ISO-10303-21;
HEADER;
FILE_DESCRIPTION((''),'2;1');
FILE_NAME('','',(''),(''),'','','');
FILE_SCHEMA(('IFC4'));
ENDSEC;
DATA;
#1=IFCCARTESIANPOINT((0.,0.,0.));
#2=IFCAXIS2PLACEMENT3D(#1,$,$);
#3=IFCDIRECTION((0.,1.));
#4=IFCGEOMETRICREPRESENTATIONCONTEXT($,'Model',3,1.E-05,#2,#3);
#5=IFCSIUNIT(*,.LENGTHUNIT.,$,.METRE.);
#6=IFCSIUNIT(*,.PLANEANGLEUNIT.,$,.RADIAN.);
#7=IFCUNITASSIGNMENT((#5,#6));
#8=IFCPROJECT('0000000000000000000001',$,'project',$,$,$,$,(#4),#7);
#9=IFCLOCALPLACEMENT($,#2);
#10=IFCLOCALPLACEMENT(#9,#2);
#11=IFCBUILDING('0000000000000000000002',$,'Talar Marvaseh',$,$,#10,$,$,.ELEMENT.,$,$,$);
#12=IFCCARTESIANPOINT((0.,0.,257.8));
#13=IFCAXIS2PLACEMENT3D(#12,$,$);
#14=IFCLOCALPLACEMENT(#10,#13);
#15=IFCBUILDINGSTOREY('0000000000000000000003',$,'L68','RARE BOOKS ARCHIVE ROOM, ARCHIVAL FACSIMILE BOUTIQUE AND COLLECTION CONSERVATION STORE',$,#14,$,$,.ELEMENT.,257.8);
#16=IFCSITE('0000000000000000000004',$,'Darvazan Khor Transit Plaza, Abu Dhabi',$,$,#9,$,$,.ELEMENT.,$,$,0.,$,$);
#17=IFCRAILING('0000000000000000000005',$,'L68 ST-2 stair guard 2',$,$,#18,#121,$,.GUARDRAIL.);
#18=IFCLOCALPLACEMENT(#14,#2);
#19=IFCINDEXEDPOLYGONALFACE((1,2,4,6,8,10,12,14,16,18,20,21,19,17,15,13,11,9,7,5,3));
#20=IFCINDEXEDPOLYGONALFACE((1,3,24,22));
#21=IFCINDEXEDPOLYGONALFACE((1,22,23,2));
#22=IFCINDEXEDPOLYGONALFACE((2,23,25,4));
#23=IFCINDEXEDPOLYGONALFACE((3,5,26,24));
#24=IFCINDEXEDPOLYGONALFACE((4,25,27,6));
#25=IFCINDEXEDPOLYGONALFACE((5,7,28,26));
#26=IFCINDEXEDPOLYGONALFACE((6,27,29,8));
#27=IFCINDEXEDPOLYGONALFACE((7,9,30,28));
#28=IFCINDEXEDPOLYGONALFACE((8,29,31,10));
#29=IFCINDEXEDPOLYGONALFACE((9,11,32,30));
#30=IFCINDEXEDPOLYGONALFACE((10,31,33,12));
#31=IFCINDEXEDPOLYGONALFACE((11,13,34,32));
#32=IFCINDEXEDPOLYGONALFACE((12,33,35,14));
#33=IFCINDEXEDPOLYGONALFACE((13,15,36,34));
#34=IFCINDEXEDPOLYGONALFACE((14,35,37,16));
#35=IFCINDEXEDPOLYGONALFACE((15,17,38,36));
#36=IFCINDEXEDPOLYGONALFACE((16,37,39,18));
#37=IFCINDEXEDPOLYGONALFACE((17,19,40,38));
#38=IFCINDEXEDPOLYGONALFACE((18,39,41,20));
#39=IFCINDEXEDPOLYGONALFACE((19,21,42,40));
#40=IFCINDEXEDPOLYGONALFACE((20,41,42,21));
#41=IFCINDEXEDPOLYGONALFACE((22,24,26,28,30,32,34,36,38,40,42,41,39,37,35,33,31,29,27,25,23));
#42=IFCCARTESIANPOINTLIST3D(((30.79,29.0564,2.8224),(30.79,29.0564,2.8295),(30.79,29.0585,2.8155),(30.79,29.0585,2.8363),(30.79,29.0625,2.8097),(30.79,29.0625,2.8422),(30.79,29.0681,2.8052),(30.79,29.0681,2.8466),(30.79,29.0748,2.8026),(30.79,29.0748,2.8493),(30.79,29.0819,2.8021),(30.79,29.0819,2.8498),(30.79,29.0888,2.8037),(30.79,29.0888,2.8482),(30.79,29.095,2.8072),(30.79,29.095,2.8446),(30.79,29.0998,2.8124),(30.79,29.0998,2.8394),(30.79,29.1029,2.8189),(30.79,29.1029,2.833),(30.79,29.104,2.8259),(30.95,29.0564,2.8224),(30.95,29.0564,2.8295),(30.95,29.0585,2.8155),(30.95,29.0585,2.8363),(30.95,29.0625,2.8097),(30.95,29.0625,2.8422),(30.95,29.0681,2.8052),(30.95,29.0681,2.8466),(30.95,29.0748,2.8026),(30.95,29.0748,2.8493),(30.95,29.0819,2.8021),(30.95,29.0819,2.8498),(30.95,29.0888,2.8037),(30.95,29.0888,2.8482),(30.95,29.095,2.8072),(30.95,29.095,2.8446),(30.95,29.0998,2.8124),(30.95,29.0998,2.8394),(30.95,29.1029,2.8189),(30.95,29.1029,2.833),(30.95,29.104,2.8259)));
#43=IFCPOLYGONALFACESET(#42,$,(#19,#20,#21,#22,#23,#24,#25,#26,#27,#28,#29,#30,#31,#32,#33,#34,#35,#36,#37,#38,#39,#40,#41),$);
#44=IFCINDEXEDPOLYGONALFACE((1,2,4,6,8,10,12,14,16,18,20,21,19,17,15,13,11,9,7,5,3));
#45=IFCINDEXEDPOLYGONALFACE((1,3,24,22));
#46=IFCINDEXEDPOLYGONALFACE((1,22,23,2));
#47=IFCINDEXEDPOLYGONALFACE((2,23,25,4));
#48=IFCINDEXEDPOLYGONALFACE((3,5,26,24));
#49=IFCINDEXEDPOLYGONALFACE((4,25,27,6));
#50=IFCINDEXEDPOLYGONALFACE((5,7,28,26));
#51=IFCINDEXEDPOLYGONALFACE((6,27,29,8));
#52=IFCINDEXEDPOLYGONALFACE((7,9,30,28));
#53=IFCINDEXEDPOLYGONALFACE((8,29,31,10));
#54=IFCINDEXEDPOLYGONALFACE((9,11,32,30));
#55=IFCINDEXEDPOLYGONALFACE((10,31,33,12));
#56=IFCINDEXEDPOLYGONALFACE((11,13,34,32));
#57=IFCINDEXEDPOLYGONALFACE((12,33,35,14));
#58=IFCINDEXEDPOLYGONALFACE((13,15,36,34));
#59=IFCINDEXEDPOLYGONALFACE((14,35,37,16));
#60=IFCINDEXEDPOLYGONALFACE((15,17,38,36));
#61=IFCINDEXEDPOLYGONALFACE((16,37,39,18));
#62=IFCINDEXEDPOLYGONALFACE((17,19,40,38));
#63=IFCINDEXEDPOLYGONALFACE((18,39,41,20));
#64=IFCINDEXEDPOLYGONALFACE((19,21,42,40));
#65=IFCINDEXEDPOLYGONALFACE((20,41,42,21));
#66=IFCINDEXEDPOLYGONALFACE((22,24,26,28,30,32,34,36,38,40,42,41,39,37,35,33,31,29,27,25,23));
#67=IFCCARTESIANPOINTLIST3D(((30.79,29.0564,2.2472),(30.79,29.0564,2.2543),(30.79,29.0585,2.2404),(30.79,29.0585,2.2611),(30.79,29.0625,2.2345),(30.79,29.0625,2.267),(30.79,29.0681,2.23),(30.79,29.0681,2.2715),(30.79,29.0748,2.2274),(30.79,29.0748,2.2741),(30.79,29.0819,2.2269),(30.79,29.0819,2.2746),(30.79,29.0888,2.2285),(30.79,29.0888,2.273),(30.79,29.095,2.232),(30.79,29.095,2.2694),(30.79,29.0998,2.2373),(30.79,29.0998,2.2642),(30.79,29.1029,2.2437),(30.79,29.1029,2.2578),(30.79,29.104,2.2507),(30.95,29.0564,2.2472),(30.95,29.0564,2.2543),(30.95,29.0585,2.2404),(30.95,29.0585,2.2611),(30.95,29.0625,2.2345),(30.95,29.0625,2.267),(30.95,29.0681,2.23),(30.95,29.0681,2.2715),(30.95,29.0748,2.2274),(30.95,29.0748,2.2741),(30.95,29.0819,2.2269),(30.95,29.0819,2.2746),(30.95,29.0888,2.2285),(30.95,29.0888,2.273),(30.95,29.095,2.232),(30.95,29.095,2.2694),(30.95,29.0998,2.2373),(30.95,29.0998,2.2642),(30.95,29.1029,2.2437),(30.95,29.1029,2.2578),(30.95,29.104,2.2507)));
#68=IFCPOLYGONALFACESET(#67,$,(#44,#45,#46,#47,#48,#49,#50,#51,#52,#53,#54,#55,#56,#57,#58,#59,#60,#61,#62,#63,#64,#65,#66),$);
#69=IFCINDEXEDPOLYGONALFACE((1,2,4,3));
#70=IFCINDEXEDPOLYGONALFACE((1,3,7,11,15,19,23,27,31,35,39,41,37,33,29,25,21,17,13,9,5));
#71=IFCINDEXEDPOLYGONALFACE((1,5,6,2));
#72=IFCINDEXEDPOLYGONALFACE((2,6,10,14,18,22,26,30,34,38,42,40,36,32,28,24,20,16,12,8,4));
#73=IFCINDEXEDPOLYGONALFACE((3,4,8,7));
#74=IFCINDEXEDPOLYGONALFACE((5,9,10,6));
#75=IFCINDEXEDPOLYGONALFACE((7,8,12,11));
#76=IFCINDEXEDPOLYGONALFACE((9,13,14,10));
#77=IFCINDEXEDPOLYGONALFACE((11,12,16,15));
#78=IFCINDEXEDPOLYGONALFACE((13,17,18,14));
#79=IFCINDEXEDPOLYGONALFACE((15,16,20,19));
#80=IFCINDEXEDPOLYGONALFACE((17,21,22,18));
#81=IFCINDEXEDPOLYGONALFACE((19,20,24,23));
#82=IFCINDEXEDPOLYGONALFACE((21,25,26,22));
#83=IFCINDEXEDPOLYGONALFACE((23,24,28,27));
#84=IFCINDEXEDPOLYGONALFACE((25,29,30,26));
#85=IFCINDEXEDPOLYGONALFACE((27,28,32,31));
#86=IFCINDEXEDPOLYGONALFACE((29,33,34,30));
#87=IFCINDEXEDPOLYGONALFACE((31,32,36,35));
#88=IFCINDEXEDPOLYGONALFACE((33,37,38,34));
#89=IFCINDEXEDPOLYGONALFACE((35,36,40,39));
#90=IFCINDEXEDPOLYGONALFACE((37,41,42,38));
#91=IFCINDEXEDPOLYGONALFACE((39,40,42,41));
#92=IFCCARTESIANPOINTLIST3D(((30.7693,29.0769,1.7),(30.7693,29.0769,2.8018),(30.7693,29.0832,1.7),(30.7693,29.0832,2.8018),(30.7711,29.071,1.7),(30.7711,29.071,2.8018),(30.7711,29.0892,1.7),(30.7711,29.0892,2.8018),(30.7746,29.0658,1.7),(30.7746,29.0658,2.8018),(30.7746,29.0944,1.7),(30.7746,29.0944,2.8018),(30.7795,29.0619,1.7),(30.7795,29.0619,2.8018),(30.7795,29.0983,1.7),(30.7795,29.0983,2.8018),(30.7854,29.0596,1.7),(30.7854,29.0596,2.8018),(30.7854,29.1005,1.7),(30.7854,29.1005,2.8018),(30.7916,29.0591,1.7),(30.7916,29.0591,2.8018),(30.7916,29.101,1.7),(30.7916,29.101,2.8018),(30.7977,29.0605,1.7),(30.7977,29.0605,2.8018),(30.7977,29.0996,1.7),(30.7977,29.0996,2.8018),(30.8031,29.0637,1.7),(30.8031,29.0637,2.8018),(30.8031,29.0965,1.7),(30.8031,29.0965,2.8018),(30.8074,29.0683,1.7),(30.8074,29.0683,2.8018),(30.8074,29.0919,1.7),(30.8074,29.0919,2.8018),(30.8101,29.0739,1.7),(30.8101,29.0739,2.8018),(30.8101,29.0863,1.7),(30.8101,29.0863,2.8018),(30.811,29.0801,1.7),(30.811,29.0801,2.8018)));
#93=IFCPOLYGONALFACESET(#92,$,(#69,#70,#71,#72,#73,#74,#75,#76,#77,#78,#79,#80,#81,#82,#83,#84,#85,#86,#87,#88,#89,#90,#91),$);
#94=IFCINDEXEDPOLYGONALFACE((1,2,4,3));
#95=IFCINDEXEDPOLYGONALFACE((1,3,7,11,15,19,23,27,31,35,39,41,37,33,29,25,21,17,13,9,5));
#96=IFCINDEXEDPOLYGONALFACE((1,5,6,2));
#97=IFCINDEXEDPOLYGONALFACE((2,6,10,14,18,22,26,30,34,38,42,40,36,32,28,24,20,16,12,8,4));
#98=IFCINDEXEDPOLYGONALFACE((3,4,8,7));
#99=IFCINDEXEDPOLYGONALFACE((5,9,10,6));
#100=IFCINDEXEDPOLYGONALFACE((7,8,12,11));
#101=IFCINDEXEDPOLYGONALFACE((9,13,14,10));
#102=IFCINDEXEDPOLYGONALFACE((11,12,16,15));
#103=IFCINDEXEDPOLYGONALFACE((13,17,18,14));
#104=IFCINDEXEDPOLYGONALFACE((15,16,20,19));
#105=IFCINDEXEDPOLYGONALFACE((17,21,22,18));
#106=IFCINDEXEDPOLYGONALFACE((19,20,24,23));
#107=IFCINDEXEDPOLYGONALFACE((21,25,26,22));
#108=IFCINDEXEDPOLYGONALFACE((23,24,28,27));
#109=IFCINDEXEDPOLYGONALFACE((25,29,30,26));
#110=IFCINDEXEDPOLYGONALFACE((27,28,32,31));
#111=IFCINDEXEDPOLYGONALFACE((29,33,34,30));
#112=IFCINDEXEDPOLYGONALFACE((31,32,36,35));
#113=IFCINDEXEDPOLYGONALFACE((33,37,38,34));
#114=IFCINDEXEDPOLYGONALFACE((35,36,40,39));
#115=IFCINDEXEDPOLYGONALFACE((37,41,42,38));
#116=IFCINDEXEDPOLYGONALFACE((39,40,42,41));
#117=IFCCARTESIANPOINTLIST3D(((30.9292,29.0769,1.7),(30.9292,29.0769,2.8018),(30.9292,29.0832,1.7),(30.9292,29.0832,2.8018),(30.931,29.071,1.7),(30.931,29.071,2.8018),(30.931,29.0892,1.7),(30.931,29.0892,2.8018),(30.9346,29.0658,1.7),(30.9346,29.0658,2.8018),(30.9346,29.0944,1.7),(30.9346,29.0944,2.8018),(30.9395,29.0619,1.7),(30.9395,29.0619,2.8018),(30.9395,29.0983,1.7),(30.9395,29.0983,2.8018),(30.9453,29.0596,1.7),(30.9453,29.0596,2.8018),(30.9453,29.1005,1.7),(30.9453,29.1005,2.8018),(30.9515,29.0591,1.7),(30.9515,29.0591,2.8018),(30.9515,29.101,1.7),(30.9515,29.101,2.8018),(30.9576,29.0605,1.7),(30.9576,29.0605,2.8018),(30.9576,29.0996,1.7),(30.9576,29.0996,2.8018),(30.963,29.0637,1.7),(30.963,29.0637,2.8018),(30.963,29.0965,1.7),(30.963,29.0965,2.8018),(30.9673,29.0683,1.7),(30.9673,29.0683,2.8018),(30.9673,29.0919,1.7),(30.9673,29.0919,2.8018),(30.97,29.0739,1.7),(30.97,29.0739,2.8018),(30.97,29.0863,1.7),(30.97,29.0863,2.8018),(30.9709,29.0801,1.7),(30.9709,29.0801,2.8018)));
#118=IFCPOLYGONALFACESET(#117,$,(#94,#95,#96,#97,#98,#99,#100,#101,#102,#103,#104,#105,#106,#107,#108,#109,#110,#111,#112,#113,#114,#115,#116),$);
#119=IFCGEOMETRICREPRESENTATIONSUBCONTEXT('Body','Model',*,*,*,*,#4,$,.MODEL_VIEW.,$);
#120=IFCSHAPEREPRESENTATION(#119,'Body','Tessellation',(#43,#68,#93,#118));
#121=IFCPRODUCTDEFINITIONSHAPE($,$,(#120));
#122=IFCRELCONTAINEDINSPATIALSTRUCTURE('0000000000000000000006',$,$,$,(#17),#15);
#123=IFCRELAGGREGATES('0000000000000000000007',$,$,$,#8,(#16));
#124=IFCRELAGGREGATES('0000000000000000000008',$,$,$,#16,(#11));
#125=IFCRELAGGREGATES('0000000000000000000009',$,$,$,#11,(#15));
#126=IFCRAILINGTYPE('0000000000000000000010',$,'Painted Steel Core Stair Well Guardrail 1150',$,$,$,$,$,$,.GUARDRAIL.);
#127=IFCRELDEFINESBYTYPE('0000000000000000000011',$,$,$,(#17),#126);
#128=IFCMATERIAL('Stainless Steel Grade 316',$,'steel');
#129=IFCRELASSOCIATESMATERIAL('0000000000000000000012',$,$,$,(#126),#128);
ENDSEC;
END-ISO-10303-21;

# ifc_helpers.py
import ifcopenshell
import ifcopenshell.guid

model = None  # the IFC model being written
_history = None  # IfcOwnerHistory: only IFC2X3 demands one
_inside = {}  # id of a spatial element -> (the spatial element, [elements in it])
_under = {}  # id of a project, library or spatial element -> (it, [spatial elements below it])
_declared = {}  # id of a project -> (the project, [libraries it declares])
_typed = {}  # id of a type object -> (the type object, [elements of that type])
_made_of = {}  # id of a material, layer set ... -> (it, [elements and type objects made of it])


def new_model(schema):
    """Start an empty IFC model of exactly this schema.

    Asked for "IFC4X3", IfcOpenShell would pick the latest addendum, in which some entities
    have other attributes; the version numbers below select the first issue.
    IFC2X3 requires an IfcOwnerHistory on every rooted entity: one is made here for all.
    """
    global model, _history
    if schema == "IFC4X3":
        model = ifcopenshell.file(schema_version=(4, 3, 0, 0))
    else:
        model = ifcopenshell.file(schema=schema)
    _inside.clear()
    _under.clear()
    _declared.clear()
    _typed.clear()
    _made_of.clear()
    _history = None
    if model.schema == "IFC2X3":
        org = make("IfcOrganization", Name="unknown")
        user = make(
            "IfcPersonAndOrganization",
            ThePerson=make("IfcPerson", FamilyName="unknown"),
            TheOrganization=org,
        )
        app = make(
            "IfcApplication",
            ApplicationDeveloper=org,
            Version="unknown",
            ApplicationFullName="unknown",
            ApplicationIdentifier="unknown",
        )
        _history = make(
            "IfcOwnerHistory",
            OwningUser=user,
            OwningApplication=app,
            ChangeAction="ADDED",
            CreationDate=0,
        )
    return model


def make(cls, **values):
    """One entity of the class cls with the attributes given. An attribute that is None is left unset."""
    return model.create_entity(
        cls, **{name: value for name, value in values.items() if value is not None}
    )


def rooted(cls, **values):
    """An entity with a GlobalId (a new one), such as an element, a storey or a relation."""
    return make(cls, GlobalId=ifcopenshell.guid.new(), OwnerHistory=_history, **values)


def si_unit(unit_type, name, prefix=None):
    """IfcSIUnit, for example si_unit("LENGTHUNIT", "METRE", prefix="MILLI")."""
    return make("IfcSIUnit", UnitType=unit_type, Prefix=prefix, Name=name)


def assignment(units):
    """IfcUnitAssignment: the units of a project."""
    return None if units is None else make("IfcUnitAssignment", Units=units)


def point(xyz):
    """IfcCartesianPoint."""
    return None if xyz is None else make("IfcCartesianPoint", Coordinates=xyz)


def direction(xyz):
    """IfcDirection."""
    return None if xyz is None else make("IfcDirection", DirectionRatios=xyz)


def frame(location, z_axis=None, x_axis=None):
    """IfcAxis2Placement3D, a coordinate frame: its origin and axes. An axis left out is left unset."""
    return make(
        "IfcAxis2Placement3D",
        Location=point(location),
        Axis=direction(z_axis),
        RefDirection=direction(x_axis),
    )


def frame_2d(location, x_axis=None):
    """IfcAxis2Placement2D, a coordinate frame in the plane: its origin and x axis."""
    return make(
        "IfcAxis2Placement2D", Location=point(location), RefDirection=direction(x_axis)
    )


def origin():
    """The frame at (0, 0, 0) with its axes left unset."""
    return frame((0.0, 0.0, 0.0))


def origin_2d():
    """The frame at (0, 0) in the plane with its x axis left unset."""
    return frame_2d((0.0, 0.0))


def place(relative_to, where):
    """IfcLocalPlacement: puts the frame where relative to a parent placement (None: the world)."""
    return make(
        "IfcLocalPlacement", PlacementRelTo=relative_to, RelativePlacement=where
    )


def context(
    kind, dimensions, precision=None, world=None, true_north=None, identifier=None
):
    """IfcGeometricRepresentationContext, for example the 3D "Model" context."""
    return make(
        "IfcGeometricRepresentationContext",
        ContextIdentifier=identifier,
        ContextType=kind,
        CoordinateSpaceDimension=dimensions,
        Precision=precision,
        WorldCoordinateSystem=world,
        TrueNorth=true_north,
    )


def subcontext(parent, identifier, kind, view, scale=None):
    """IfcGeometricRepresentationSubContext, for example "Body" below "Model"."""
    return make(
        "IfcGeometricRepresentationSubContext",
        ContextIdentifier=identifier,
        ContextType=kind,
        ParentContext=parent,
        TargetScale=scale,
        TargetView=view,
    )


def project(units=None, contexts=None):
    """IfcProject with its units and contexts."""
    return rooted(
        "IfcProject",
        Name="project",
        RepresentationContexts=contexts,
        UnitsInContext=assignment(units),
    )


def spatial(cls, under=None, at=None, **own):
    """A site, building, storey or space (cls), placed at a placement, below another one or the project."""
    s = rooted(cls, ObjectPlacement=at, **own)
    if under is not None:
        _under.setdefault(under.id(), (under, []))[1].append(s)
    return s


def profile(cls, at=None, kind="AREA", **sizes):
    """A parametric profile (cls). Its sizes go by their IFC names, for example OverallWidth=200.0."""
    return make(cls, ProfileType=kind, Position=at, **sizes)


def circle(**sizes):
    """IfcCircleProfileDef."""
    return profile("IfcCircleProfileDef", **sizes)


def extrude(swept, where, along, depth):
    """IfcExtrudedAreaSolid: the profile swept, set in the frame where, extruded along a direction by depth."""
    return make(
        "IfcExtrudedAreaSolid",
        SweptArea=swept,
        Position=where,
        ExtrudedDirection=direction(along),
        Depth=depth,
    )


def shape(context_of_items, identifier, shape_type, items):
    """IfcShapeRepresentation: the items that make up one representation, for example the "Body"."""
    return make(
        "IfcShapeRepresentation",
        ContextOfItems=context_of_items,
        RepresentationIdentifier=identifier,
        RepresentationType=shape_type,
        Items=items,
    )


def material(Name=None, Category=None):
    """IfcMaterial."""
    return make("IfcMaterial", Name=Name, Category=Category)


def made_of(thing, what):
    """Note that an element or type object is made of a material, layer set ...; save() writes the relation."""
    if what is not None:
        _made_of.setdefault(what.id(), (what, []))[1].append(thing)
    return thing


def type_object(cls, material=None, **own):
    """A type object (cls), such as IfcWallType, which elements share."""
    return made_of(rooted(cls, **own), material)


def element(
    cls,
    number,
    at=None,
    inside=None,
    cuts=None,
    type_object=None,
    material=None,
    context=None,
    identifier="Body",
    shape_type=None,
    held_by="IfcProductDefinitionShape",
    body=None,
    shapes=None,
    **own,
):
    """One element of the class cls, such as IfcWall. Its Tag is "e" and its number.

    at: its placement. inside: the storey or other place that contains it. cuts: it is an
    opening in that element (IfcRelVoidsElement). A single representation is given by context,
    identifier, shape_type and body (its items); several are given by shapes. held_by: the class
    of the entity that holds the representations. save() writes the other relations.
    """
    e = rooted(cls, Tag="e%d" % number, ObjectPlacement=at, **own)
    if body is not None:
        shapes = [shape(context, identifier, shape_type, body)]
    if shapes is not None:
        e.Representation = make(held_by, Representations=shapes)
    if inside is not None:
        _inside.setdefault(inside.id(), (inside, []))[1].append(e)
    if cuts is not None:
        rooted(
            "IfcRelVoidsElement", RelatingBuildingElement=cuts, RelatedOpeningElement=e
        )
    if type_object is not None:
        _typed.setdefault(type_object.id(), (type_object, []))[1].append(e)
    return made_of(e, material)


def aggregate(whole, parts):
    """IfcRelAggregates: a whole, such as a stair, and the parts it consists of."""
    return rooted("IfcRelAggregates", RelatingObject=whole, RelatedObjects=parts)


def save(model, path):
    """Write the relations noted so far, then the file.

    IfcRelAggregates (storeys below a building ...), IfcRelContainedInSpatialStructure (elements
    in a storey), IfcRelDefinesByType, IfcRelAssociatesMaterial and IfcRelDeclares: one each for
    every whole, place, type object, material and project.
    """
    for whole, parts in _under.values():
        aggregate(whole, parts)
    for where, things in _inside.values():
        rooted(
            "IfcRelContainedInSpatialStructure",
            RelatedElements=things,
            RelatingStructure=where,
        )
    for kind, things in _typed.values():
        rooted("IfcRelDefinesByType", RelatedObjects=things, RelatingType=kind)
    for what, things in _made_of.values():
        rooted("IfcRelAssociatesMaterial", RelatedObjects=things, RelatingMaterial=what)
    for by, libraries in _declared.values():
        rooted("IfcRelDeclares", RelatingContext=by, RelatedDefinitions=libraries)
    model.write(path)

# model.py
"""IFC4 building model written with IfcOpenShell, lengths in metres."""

from ifc_helpers import new_model, si_unit, direction, frame, origin, origin_2d, place, context, subcontext, project, spatial, circle, extrude, material, type_object, element, save


model = new_model("IFC4")

# Units and contexts
model_context = context("Model", 3, precision=1e-05, world=origin(), true_north=direction((0.0, 1.0)))
body_context = subcontext(model_context, "Body", "Model", "MODEL_VIEW")
ifc_project = project(units=[si_unit("LENGTHUNIT", "METRE"), si_unit("PLANEANGLEUNIT", "RADIAN")], contexts=[model_context])

# Site, building, storey
site_placement = place(None, origin())
site = spatial("IfcSite", under=ifc_project, at=site_placement, Name="Darvazan Khor Transit Plaza, Abu Dhabi", CompositionType="ELEMENT", RefElevation=0.0)
building_placement = place(site_placement, origin())
building = spatial("IfcBuilding", under=site, at=building_placement, Name="Talar Marvaseh", CompositionType="ELEMENT")
storey_placement = place(building_placement, frame((0.0, 0.0, 257.8)))
storey = spatial("IfcBuildingStorey", under=building, at=storey_placement, Name="L68", Description="RARE BOOKS ARCHIVE ROOM, ARCHIVAL FACSIMILE BOUTIQUE AND COLLECTION CONSERVATION STORE", CompositionType="ELEMENT", Elevation=257.8)

# Shared definitions
ifc_material_1 = material(Name="Stainless Steel Grade 316", Category="steel")

# Railing
railing_type_1 = type_object("IfcRailingType", Name="Painted Steel Core Stair Well Guardrail 1150", PredefinedType="GUARDRAIL", material=ifc_material_1)
railing_1_placement = place(storey_placement, frame((30.79, 29.0801, 1.7)))
element("IfcRailing", 1, at=railing_1_placement, inside=storey, type_object=railing_type_1, Name="L68 ST-2 stair guard 2", PredefinedType="GUARDRAIL", context=body_context, shape_type="SweptSolid", body=[
    extrude(circle(Radius=0.0239, at=origin_2d()), frame((0.0, 0.0, 1.126), z_axis=(1.0, 0.0, 0.0), x_axis=(0.0, 1.0, 0.0)), (0.0, 0.0, 1.0), 0.1599),
    extrude(circle(Radius=0.0239, at=origin_2d()), frame((0.0, 0.0, 0.5508), z_axis=(1.0, 0.0, 0.0), x_axis=(0.0, 1.0, 0.0)), (0.0, 0.0, 1.0), 0.1599),
    extrude(circle(Radius=0.021, at=origin_2d()), origin(), (0.0, 0.0, 1.0), 1.1018),
    extrude(circle(Radius=0.021, at=origin_2d()), frame((0.1599, 0.0, 0.0)), (0.0, 0.0, 1.0), 1.1018),
])

save(model, "model.ifc")
